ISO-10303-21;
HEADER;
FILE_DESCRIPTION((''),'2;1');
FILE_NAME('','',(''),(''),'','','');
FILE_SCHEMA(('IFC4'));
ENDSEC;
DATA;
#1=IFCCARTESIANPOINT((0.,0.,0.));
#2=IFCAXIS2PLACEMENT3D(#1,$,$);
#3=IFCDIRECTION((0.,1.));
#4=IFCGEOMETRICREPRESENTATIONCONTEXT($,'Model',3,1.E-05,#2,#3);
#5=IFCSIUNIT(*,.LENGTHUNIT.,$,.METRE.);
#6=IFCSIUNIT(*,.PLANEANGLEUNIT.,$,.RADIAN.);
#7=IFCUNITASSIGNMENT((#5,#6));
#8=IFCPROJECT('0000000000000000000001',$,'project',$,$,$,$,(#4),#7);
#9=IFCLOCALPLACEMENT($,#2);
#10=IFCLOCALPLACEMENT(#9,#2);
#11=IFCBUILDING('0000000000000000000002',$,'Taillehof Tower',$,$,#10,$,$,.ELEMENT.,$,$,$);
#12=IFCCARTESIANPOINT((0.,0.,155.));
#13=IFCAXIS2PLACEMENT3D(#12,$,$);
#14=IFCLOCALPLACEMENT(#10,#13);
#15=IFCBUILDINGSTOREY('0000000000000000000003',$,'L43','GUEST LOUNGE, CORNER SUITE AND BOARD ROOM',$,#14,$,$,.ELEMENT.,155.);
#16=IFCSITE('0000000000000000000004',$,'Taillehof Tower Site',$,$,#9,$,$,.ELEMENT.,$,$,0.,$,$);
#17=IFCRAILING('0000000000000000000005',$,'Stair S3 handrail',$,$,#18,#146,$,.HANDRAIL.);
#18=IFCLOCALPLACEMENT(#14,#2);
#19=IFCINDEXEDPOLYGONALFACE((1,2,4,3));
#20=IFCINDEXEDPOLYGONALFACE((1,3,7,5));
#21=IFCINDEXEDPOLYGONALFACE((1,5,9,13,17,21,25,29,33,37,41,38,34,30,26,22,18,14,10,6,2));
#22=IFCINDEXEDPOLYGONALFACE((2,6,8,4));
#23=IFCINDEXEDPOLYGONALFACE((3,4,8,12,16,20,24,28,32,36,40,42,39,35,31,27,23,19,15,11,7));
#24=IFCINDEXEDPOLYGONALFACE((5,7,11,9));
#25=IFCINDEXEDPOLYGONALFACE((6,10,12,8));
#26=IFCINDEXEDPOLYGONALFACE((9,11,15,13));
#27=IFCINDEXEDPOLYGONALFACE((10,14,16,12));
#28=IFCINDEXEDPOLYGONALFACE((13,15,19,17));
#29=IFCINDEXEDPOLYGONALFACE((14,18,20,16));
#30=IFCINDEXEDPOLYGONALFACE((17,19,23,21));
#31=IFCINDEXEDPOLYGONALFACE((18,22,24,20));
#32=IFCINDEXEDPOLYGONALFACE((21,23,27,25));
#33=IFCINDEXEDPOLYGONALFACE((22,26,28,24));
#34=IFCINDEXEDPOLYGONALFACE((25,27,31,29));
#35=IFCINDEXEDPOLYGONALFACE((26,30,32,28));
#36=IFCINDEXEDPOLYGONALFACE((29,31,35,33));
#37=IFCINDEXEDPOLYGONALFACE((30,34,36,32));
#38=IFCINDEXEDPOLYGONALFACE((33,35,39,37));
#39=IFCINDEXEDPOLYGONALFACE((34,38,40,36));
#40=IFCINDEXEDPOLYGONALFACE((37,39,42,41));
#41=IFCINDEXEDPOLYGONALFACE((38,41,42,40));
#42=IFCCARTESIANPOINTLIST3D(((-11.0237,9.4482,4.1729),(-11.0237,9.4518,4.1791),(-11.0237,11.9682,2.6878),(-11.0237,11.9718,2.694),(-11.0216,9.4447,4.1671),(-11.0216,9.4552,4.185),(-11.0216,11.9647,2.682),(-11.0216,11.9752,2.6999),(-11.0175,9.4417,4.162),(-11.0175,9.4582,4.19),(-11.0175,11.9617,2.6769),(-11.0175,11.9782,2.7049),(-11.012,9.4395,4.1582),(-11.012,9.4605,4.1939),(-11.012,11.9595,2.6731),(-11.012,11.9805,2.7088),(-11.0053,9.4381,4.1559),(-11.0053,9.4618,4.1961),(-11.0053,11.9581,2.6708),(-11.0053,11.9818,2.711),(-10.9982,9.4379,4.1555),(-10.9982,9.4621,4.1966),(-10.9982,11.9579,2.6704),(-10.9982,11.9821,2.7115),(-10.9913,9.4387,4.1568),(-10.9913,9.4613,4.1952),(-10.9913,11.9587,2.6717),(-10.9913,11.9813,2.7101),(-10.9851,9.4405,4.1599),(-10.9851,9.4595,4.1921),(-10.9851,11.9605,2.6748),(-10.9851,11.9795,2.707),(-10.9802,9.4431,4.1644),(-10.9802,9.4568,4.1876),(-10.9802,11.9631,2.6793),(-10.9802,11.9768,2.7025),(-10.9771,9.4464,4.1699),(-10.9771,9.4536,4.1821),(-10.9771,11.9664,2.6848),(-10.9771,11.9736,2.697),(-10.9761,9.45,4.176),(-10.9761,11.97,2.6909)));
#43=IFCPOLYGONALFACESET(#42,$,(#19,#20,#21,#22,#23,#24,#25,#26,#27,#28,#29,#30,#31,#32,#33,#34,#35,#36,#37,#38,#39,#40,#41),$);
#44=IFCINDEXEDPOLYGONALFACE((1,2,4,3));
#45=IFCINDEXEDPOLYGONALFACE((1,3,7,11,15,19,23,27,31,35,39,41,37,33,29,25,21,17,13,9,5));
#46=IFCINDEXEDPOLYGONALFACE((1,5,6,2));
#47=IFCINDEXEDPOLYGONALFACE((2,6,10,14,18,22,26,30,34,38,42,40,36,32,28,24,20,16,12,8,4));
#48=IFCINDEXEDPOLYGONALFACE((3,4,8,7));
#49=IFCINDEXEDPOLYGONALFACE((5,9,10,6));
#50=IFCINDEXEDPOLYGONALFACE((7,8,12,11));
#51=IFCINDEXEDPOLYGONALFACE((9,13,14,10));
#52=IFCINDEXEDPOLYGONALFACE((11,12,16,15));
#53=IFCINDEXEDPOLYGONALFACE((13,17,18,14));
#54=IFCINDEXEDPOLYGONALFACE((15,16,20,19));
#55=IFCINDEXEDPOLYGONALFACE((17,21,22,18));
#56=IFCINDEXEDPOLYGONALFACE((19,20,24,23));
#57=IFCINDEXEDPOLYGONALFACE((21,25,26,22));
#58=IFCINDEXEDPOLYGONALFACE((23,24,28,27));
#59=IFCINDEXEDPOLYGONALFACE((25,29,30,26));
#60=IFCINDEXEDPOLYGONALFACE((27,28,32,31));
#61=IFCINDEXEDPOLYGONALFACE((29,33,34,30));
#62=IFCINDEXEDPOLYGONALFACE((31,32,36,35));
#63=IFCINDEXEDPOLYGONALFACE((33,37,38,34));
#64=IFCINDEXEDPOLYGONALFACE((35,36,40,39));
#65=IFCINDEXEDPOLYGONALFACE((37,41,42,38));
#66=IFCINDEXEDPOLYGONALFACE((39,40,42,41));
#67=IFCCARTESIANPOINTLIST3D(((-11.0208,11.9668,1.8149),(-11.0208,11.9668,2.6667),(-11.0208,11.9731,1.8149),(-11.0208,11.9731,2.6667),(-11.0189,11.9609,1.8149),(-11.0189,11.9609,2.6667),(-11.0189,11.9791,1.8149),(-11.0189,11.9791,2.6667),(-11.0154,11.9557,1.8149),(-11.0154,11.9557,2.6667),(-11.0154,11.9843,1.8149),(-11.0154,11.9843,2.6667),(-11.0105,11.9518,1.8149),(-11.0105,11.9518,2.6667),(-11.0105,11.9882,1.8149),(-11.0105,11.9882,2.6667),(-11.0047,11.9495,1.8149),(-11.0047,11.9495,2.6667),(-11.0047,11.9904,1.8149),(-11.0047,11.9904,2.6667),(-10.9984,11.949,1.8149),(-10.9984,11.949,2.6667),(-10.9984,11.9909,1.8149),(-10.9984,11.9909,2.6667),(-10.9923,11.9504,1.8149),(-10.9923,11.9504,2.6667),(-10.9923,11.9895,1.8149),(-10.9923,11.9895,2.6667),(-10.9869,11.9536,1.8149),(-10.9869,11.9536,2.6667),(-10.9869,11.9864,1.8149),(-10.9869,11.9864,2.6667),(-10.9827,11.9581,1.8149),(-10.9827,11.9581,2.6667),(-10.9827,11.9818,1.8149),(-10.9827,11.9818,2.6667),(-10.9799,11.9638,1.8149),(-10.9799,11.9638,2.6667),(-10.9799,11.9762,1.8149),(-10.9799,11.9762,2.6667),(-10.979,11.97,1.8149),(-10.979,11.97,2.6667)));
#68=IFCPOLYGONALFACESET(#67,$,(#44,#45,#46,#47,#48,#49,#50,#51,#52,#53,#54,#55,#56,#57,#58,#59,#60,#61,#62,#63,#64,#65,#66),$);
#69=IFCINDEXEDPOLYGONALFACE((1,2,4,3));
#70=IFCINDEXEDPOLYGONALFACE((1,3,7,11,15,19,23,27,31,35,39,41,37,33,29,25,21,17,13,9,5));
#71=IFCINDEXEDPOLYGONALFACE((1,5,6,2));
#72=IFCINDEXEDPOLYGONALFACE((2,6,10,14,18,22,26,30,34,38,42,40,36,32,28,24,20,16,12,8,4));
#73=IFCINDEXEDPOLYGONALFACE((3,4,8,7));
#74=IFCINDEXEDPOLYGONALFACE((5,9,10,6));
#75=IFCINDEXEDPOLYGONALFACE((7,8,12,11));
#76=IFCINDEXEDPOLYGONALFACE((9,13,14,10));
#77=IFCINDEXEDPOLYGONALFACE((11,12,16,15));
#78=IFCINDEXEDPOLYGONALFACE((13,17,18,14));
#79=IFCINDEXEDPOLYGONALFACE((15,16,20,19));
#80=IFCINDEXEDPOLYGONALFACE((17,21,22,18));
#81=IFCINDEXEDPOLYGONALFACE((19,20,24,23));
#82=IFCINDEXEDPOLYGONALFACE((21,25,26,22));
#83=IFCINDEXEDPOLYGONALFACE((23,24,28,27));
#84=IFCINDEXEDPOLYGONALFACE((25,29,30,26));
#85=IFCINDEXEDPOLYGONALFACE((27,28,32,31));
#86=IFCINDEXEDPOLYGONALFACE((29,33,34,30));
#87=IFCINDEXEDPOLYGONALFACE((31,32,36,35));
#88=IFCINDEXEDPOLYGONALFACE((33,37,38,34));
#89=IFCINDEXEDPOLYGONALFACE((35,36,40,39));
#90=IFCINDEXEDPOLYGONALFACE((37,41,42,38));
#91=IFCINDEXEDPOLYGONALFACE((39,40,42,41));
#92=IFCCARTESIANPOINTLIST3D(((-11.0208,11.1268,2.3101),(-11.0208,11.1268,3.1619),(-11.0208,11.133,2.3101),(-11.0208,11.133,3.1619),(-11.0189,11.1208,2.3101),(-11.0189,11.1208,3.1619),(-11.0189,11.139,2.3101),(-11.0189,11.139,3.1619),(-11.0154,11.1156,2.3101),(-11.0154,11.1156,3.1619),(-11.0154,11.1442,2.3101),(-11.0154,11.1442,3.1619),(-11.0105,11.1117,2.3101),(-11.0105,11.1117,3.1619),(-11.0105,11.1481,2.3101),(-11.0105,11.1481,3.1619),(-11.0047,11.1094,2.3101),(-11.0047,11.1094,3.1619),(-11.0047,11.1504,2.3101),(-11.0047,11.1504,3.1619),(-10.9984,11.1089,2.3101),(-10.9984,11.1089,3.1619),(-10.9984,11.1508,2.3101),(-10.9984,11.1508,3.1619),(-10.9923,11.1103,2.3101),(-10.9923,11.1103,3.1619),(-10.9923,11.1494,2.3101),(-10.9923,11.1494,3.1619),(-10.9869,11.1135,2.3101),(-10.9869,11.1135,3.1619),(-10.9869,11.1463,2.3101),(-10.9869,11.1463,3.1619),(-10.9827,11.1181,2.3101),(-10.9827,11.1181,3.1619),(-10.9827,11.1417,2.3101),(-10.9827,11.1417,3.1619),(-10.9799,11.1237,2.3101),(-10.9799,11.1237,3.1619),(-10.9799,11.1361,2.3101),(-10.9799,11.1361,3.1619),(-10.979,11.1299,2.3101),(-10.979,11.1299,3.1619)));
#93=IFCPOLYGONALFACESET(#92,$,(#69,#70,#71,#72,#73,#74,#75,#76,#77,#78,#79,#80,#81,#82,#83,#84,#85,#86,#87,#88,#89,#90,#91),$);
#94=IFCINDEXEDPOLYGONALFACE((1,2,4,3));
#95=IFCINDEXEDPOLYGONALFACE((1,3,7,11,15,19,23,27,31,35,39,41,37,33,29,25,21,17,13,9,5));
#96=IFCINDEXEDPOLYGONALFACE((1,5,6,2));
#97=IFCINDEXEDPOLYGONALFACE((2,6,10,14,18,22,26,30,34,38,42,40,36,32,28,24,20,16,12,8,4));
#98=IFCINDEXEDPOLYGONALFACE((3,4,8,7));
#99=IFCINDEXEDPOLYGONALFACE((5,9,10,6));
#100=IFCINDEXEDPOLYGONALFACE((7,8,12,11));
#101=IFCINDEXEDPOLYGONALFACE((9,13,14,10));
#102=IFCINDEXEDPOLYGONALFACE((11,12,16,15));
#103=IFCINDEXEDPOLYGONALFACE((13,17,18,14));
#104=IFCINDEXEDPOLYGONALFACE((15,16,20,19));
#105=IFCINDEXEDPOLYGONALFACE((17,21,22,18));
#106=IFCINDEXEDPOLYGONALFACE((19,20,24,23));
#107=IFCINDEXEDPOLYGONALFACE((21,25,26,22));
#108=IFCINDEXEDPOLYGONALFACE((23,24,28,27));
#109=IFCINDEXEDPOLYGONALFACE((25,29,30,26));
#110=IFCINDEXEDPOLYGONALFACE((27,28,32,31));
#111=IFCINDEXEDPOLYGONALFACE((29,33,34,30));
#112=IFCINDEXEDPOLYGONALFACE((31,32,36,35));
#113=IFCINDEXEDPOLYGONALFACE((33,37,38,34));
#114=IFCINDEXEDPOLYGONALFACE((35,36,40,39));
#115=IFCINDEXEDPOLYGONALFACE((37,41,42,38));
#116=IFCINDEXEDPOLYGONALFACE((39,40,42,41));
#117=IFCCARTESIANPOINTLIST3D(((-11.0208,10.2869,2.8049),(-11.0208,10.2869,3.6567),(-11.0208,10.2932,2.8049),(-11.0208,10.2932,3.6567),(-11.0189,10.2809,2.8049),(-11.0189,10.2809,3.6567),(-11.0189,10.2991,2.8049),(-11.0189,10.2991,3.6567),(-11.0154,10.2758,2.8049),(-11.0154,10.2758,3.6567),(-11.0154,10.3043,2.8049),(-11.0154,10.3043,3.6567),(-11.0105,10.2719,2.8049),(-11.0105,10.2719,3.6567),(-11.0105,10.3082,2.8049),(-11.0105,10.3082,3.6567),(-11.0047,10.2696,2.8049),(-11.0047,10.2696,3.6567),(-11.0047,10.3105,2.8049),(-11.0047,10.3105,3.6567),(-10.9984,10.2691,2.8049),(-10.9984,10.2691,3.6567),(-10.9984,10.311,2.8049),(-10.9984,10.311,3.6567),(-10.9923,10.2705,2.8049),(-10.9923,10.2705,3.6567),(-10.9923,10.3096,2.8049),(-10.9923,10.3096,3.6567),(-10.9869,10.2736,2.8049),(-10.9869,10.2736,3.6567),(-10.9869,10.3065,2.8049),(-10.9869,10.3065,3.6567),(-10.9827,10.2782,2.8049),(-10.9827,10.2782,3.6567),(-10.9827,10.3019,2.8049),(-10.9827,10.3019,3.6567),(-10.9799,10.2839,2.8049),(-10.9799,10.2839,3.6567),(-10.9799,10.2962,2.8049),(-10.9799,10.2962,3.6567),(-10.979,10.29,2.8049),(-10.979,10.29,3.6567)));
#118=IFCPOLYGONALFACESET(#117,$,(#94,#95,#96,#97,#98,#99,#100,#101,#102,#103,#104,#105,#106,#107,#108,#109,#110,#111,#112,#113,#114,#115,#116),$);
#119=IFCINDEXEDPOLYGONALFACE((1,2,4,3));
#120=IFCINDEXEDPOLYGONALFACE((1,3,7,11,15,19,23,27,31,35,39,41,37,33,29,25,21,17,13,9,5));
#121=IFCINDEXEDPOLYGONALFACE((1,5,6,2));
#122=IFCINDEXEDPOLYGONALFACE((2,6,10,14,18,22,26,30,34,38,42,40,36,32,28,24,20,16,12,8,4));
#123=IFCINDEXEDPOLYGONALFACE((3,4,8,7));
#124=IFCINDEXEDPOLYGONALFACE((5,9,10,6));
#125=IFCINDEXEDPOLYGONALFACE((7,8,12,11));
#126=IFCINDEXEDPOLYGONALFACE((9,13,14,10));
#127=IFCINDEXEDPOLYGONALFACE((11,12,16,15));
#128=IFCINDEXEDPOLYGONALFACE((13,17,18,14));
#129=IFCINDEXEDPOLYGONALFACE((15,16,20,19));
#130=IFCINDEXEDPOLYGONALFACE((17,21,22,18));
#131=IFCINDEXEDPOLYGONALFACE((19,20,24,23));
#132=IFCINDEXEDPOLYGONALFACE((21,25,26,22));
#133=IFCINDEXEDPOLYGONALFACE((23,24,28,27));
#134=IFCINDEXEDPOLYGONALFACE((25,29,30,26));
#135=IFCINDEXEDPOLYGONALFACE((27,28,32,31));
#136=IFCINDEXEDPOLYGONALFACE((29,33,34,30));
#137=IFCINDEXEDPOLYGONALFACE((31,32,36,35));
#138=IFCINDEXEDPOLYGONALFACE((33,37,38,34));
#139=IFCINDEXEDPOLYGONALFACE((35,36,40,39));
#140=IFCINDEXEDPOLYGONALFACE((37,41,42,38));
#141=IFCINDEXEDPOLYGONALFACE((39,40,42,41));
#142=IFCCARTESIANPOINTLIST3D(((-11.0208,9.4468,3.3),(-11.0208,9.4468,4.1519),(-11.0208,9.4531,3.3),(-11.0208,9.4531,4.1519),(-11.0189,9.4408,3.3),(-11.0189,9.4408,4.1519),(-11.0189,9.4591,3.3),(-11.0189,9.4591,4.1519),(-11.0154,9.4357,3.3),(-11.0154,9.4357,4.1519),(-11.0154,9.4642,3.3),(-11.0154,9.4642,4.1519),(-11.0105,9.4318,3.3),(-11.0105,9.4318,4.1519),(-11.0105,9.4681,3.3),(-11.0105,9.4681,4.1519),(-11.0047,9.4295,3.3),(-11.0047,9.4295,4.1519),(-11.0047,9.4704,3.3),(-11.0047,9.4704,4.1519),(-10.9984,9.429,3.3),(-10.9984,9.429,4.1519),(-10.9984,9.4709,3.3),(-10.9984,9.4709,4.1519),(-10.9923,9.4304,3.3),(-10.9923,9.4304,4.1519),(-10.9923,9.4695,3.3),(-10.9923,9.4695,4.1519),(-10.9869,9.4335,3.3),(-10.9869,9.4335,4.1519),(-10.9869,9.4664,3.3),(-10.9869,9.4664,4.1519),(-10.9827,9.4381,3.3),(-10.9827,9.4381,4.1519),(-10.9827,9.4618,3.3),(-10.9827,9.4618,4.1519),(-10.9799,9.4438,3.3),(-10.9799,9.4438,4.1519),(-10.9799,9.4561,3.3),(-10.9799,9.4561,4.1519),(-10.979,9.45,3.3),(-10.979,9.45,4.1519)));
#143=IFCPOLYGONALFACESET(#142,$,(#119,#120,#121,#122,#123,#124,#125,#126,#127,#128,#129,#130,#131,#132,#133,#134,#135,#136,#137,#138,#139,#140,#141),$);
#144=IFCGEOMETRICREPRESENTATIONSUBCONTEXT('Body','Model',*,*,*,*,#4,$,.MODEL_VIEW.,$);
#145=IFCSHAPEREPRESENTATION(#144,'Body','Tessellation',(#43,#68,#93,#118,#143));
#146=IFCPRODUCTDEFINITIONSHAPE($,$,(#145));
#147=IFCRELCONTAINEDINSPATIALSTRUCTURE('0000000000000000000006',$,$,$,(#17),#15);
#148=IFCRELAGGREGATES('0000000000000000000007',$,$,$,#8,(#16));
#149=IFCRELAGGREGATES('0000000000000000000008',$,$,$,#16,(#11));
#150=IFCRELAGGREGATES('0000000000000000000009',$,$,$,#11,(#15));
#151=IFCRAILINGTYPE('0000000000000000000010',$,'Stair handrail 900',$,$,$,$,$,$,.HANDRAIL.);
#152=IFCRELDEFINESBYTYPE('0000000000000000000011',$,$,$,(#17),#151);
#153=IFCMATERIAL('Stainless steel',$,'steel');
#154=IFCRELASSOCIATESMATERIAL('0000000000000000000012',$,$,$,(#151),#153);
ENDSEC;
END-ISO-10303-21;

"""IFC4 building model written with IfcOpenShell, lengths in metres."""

from ifc_helpers import new_model, si_unit, direction, frame, origin, origin_2d, place, context, subcontext, project, spatial, circle, extrude, material, type_object, element, save


model = new_model("IFC4")

# Units and contexts
model_context = context("Model", 3, precision=1e-05, world=origin(), true_north=direction((0.0, 1.0)))
body_context = subcontext(model_context, "Body", "Model", "MODEL_VIEW")
ifc_project = project(units=[si_unit("LENGTHUNIT", "METRE"), si_unit("PLANEANGLEUNIT", "RADIAN")], contexts=[model_context])

# Site, building, storey
site_placement = place(None, origin())
site = spatial("IfcSite", under=ifc_project, at=site_placement, Name="Taillehof Tower Site", CompositionType="ELEMENT", RefElevation=0.0)
building_placement = place(site_placement, origin())
building = spatial("IfcBuilding", under=site, at=building_placement, Name="Taillehof Tower", CompositionType="ELEMENT")
storey_placement = place(building_placement, frame((0.0, 0.0, 155.0)))
storey = spatial("IfcBuildingStorey", under=building, at=storey_placement, Name="L43", Description="GUEST LOUNGE, CORNER SUITE AND BOARD ROOM", CompositionType="ELEMENT", Elevation=155.0)

# Railing
ifc_material_1 = material(Name="Stainless steel", Category="steel")
railing_type = type_object("IfcRailingType", Name="Stair handrail 900", PredefinedType="HANDRAIL", material=ifc_material_1)
railing_placement = place(storey_placement, frame((-11.0, 11.97, 1.8149)))
element("IfcRailing", 1, at=railing_placement, inside=storey, type_object=railing_type, Name="Stair S3 handrail", PredefinedType="HANDRAIL", context=body_context, shape_type="SweptSolid", body=[
    extrude(circle(Radius=0.0239, at=origin_2d()), frame((0.0, 0.0, 0.876), z_axis=(0.0, -0.861524, 0.507717), x_axis=(1.0, 0.0, 0.0)), (0.0, 0.0, 1.0), 2.925),
    extrude(circle(Radius=0.021, at=origin_2d()), origin(), (0.0, 0.0, 1.0), 0.8518),
    extrude(circle(Radius=0.021, at=origin_2d()), frame((0.0, -0.8401, 0.4951)), (0.0, 0.0, 1.0), 0.8518),
    extrude(circle(Radius=0.021, at=origin_2d()), frame((0.0, -1.6799, 0.99)), (0.0, 0.0, 1.0), 0.8518),
    extrude(circle(Radius=0.021, at=origin_2d()), frame((0.0, -2.52, 1.4851)), (0.0, 0.0, 1.0), 0.8518),
])

save(model, "model.ifc")
